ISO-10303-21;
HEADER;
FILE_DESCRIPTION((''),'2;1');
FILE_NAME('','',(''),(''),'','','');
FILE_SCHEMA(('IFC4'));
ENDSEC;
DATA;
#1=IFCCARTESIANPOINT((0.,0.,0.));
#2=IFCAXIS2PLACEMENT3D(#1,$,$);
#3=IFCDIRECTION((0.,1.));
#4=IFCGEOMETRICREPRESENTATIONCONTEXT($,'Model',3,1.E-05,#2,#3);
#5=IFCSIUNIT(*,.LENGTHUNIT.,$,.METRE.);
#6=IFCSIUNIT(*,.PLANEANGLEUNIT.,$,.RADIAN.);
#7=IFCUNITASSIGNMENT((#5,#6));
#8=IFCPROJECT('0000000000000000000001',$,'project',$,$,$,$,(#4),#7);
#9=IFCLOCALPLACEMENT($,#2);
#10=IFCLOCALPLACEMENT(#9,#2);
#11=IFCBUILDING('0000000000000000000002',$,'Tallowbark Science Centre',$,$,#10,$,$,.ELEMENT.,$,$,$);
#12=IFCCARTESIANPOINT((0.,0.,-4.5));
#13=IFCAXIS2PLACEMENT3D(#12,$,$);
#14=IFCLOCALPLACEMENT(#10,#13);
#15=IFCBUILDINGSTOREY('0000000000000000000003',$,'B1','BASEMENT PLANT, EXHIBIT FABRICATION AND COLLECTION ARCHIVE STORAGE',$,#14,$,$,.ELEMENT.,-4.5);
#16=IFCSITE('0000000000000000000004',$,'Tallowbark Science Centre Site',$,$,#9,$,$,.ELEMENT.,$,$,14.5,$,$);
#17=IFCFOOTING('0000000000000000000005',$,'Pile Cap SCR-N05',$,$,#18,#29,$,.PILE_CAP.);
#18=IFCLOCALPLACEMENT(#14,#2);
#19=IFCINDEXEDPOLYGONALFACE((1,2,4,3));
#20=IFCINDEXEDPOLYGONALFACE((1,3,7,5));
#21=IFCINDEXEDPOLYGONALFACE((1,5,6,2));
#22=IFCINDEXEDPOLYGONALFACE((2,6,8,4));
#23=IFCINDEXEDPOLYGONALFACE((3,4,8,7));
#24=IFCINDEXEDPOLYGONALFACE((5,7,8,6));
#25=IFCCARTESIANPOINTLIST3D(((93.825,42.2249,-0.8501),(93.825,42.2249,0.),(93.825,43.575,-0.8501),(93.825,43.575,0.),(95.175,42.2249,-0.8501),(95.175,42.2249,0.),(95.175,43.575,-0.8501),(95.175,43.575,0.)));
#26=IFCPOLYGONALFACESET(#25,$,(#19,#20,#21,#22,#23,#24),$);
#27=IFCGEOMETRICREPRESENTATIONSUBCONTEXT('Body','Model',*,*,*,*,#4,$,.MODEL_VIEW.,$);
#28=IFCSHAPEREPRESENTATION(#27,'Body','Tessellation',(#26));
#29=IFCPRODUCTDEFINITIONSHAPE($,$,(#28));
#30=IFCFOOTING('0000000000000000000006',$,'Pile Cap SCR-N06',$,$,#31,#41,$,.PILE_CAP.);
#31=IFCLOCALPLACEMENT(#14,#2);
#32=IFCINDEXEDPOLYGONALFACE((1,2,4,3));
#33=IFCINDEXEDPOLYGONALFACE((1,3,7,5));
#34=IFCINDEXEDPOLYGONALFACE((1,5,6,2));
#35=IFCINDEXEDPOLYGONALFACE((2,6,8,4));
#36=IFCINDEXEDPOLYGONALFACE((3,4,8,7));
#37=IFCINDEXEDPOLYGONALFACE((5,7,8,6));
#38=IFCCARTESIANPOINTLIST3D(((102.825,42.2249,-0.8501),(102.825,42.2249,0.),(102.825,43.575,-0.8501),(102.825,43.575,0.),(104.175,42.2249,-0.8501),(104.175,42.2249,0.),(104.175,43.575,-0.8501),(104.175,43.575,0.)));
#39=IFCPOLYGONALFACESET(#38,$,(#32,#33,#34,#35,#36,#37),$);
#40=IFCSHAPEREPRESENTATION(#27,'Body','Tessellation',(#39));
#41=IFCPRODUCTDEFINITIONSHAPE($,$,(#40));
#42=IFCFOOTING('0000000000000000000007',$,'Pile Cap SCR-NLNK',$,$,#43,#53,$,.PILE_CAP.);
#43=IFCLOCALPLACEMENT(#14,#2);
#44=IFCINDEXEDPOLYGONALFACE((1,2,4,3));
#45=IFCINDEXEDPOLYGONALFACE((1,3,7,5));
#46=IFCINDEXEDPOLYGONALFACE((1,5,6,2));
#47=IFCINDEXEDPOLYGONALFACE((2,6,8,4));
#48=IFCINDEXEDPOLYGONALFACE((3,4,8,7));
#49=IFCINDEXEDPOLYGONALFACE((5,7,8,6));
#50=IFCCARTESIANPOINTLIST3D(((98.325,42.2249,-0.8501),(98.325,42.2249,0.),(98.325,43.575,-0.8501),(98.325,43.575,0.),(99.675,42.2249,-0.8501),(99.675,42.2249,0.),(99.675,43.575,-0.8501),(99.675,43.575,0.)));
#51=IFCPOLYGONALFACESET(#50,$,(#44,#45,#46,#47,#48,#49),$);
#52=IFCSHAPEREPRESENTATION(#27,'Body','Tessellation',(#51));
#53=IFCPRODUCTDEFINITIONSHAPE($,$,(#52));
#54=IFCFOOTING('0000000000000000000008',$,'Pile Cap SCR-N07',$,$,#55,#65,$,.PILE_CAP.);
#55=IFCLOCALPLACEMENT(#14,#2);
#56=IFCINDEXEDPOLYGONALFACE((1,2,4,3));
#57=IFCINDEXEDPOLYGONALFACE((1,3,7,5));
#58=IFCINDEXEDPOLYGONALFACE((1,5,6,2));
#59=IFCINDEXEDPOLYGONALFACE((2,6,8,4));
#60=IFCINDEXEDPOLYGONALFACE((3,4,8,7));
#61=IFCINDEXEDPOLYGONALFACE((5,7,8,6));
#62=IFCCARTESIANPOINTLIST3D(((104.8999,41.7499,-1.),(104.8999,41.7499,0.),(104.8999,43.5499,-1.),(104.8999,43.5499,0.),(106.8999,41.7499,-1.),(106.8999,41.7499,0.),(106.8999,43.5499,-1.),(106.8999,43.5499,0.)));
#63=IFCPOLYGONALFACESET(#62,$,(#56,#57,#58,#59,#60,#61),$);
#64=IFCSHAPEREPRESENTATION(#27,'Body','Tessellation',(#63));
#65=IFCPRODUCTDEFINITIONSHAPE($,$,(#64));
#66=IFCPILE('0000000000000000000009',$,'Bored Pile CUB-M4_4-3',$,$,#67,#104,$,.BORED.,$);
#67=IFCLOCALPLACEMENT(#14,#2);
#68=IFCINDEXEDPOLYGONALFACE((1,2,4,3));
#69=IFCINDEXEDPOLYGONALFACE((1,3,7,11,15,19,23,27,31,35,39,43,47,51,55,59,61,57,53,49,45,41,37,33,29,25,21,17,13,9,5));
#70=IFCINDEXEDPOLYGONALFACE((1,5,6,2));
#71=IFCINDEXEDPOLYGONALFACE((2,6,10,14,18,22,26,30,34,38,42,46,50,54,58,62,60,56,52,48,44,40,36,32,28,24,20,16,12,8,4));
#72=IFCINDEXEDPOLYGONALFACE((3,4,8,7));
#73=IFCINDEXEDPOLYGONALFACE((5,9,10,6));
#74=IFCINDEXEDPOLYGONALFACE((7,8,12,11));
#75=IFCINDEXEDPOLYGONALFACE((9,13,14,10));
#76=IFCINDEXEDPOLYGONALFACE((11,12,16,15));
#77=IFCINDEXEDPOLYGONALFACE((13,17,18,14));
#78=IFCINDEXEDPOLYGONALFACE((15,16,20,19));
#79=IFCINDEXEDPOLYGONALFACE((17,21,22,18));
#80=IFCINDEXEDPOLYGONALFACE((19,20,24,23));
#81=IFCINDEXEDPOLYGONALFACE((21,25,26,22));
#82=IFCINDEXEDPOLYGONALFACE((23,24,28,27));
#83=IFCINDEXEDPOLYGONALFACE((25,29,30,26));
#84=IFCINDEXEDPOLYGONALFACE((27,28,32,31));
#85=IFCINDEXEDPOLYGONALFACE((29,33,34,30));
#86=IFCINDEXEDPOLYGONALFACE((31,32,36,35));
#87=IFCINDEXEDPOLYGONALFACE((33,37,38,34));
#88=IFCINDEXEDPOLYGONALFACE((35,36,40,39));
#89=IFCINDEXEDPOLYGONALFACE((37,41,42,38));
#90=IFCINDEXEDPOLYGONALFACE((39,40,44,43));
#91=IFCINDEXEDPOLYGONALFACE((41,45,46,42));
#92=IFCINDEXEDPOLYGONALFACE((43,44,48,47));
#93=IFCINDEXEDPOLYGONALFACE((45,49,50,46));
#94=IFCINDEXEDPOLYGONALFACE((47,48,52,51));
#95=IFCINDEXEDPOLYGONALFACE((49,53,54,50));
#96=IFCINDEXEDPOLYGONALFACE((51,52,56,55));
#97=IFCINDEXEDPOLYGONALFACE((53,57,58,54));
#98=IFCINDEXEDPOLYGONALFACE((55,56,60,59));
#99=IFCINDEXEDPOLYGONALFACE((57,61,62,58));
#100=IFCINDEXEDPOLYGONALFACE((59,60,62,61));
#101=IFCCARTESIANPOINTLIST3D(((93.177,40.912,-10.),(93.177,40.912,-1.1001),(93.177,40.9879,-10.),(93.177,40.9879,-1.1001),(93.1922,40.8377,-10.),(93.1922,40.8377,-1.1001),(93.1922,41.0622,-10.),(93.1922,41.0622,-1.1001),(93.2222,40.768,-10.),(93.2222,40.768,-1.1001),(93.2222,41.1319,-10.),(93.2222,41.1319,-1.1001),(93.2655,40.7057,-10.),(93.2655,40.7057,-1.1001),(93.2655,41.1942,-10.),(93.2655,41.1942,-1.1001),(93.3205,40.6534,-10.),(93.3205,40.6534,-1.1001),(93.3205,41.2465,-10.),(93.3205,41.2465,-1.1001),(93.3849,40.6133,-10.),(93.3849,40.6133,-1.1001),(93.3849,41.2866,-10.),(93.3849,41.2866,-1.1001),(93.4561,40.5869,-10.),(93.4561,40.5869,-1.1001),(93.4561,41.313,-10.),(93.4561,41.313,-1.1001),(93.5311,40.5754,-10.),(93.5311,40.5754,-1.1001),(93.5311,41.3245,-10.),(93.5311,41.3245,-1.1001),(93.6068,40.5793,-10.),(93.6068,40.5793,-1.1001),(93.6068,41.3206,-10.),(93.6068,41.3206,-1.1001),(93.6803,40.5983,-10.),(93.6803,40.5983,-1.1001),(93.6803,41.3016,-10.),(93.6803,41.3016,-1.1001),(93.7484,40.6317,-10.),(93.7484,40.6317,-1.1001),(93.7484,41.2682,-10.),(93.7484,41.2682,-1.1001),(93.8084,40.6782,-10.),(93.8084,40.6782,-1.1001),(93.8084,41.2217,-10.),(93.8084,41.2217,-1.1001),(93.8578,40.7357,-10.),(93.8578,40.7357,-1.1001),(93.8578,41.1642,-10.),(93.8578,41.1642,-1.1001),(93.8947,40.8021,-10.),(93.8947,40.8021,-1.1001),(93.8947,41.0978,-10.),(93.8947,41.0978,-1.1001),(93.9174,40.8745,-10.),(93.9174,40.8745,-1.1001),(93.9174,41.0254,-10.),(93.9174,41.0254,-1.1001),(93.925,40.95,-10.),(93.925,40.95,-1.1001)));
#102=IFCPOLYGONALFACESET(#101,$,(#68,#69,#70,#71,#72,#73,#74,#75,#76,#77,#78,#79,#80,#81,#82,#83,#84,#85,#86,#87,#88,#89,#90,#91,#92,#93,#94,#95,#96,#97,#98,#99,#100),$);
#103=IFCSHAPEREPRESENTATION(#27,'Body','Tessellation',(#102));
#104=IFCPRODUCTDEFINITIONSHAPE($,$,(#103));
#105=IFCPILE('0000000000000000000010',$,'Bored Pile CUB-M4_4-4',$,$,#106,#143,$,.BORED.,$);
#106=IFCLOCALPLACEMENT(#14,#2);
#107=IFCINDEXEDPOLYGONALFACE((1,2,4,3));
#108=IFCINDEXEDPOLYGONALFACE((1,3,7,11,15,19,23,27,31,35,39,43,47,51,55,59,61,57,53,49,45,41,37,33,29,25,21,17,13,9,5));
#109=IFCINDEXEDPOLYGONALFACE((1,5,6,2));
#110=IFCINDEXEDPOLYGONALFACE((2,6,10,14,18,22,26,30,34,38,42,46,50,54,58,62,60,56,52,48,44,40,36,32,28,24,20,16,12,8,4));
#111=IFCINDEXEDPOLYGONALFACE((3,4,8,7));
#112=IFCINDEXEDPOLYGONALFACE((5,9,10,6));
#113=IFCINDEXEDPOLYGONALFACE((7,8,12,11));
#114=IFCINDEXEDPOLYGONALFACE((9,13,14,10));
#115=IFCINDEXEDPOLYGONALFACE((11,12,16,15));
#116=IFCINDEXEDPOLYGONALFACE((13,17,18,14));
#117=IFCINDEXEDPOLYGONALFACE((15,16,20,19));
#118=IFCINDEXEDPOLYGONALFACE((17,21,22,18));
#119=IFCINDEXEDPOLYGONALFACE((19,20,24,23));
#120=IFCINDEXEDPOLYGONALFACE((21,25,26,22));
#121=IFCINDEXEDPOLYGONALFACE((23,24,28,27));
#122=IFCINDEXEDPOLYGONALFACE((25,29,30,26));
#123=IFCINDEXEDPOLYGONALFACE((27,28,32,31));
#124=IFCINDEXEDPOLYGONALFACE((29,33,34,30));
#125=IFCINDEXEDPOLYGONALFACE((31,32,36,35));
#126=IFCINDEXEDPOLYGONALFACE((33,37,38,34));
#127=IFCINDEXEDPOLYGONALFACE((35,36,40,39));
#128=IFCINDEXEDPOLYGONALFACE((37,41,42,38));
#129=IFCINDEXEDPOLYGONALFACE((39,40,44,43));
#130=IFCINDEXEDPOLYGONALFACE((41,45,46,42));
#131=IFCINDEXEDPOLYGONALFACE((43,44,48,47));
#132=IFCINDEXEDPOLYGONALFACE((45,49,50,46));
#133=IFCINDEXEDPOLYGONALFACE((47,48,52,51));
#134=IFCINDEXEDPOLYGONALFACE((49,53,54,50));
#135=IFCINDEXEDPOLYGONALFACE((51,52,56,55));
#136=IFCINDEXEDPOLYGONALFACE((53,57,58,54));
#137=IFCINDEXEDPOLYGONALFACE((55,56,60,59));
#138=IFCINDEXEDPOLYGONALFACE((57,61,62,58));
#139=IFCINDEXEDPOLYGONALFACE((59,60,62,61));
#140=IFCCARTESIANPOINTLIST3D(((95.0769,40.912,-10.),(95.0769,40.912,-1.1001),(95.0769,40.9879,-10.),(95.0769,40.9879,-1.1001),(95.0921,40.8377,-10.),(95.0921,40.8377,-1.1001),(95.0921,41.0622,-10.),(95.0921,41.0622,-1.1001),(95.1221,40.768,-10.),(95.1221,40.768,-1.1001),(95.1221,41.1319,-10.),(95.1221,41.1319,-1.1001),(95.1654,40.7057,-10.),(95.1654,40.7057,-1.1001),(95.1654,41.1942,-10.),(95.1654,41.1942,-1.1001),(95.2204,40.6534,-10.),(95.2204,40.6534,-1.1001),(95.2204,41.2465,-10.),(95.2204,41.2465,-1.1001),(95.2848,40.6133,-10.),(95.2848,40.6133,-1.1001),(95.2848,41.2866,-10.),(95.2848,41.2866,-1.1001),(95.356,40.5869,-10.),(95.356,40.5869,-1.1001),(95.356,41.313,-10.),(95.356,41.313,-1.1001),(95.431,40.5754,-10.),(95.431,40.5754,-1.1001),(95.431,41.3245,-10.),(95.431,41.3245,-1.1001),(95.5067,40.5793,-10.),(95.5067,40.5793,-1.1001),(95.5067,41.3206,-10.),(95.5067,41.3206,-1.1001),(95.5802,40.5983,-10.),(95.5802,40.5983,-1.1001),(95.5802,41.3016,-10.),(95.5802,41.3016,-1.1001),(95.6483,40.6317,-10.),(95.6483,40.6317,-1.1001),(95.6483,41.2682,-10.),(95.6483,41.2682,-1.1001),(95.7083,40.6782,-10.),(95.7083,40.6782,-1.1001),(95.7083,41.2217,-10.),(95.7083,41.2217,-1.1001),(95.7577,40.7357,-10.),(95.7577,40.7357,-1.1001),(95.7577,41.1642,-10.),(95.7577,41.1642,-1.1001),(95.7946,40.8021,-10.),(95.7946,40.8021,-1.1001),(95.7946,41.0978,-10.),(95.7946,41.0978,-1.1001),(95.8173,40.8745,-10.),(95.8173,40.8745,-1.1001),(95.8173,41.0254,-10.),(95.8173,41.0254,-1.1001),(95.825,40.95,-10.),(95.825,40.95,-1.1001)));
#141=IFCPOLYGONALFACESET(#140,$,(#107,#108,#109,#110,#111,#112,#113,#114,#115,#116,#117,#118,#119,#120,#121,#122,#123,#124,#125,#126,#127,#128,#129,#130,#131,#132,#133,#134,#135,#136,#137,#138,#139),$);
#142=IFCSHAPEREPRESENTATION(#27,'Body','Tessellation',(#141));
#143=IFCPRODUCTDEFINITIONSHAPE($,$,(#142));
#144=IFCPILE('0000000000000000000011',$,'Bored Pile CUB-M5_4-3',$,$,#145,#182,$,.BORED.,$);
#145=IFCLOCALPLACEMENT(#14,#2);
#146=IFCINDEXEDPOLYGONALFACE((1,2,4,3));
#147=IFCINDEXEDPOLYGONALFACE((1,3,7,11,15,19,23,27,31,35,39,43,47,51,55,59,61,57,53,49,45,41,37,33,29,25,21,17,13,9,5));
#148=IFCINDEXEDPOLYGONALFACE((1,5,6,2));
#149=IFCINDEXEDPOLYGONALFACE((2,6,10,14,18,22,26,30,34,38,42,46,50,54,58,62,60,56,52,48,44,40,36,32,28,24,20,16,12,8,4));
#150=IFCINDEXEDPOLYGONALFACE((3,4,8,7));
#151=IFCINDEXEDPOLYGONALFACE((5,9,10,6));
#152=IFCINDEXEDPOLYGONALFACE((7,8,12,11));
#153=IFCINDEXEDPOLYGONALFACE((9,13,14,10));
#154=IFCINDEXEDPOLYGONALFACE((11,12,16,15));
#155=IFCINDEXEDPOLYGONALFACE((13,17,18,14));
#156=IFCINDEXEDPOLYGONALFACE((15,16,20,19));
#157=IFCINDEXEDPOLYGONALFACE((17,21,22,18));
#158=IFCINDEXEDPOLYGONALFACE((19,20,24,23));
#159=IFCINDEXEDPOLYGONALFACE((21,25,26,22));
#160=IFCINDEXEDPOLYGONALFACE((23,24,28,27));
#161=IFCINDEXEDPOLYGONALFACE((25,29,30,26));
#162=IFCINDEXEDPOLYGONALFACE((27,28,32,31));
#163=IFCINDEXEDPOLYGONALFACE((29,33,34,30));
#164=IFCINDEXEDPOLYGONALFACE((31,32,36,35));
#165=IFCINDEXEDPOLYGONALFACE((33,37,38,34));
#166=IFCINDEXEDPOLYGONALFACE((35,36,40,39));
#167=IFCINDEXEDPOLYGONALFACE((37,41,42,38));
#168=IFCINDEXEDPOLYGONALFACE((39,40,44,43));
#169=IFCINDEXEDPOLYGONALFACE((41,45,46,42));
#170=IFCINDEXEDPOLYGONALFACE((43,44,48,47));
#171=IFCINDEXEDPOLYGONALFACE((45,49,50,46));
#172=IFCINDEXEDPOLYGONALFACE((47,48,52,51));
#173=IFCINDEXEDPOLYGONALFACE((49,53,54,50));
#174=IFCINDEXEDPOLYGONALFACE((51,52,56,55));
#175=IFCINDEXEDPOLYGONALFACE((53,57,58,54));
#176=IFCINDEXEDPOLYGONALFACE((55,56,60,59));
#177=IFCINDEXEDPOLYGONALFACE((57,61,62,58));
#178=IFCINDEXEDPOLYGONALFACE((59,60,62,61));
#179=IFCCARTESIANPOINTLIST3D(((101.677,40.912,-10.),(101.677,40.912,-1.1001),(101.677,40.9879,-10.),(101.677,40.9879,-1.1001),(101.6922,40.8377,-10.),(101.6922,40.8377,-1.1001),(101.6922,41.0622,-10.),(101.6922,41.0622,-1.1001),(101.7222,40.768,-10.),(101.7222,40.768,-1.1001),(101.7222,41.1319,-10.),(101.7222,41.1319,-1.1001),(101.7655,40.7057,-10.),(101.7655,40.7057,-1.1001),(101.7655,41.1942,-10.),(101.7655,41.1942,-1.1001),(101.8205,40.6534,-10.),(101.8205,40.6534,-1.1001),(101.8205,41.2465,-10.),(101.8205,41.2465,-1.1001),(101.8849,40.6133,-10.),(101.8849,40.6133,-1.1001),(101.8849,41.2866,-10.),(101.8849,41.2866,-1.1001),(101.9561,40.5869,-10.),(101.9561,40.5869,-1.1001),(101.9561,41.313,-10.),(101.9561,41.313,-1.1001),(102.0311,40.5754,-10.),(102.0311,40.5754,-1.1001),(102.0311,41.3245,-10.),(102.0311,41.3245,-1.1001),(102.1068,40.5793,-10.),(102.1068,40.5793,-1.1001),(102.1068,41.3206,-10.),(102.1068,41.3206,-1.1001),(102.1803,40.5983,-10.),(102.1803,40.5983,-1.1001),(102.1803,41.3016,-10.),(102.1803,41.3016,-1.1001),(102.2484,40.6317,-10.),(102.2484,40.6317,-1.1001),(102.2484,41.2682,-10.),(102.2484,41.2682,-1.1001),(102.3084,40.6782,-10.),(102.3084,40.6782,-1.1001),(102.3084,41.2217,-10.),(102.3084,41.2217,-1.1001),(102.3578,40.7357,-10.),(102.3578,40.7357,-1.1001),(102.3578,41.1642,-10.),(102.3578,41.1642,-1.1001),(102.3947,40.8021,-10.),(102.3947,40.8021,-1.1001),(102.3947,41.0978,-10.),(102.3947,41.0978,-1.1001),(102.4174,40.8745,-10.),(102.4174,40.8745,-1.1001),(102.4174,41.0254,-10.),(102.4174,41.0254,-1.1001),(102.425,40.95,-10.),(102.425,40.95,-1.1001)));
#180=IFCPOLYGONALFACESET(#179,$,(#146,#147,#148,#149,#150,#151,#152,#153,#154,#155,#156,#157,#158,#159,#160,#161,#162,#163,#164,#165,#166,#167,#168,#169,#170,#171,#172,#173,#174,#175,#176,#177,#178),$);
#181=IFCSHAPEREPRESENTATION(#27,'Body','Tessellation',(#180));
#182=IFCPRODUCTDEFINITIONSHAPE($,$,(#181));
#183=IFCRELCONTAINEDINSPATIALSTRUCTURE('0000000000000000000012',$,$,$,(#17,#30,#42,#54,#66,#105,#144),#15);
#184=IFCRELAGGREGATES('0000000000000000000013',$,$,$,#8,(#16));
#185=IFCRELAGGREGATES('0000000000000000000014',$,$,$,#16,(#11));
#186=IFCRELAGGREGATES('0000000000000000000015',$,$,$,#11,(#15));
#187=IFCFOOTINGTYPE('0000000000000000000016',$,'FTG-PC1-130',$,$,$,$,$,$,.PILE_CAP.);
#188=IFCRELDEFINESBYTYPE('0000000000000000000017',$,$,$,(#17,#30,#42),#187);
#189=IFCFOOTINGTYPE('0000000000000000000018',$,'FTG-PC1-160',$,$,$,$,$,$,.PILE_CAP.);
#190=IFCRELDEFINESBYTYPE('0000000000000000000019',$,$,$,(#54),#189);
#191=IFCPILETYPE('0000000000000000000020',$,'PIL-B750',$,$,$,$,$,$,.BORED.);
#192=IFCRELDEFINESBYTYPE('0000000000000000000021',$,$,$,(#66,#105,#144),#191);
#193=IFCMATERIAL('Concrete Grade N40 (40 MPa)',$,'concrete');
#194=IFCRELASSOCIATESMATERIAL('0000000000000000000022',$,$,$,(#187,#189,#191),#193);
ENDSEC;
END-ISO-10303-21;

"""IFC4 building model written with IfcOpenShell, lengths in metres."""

from ifc_helpers import new_model, si_unit, direction, frame, origin, origin_2d, place, context, subcontext, project, spatial, rectangle, circle, extrude, material, material_profile, profile_set, type_object, element, save


model = new_model("IFC4")

# Units and contexts
model_context = context("Model", 3, precision=1e-05, world=origin(), true_north=direction((0.0, 1.0)))
body_context = subcontext(model_context, "Body", "Model", "MODEL_VIEW")
ifc_project = project(units=[si_unit("LENGTHUNIT", "METRE"), si_unit("PLANEANGLEUNIT", "RADIAN")], contexts=[model_context])

# Site, building, storey
site_placement = place(None, origin())
site = spatial("IfcSite", under=ifc_project, at=site_placement, Name="Tallowbark Science Centre Site", CompositionType="ELEMENT", RefElevation=14.5)
building_placement = place(site_placement, origin())
building = spatial("IfcBuilding", under=site, at=building_placement, Name="Tallowbark Science Centre", CompositionType="ELEMENT")
storey_placement = place(building_placement, frame((0.0, 0.0, -4.5)))
storey = spatial("IfcBuildingStorey", under=building, at=storey_placement, Name="B1", Description="BASEMENT PLANT, EXHIBIT FABRICATION AND COLLECTION ARCHIVE STORAGE", CompositionType="ELEMENT", Elevation=-4.5)

# Footings
ifc_material_1 = material(Name="Concrete Grade N40 (40 MPa)", Category="concrete")
footing_type_1 = type_object("IfcFootingType", Name="FTG-PC1-130", PredefinedType="PILE_CAP", material=ifc_material_1)
for number, where, z_axis, x_axis, name in (
    (1, (94.5, 42.8999, -0.8501), (0.0, 0.0, 1.0), (1.0, 0.0, 0.0), "Pile Cap SCR-N05"),
    (2, (103.5, 42.8999, -0.8501), (0.0, 0.0, 1.0), (1.0, 0.0, 0.0), "Pile Cap SCR-N06"),
    (3, (99.0, 42.8999, -0.8501), (0.0, 0.0, 1.0), (1.0, 0.0, 0.0), "Pile Cap SCR-NLNK"),
):
    element("IfcFooting", number, at=place(storey_placement, frame(where, z_axis=z_axis, x_axis=x_axis)), inside=storey, type_object=footing_type_1, Name=name, PredefinedType="PILE_CAP", context=body_context, shape_type="SweptSolid", body=[
        extrude(rectangle(XDim=1.3501, YDim=1.3501, at=origin_2d()), origin(), (0.0, 0.0, 1.0), 0.8501),
    ])
footing_type_2 = type_object("IfcFootingType", Name="FTG-PC1-160", PredefinedType="PILE_CAP", material=ifc_material_1)
footing_placement = place(storey_placement, frame((105.8999, 42.6499, -1.0), z_axis=(0.0, 0.0, 1.0), x_axis=(1.0, 0.0, 0.0)))
element("IfcFooting", 4, at=footing_placement, inside=storey, type_object=footing_type_2, Name="Pile Cap SCR-N07", PredefinedType="PILE_CAP", context=body_context, shape_type="SweptSolid", body=[
    extrude(rectangle(XDim=2.0, YDim=1.8, at=origin_2d()), origin(), (0.0, 0.0, 1.0), 1.0),
])

# Piles
ifc_material_profile_1 = material_profile(ifc_material_1, circle(Radius=0.375, at=origin_2d()), Name="PILE750")
ifc_profile_set_1 = profile_set([ifc_material_profile_1], Name="Concrete Grade N40 (40 MPa)")
pile_type = type_object("IfcPileType", Name="PIL-B750", PredefinedType="BORED", material=ifc_profile_set_1)
for number, where, z_axis, x_axis, name in (
    (5, (93.55, 40.95, -1.1001), (0.0, 0.0, -1.0), (1.0, 0.0, 0.0), "Bored Pile CUB-M4_4-3"),
    (6, (95.45, 40.95, -1.1001), (0.0, 0.0, -1.0), (1.0, 0.0, 0.0), "Bored Pile CUB-M4_4-4"),
    (7, (102.05, 40.95, -1.1001), (0.0, 0.0, -1.0), (1.0, 0.0, 0.0), "Bored Pile CUB-M5_4-3"),
):
    element("IfcPile", number, at=place(storey_placement, frame(where, z_axis=z_axis, x_axis=x_axis)), inside=storey, type_object=pile_type, Name=name, PredefinedType="BORED", context=body_context, shape_type="SweptSolid", body=[
        extrude(circle(Radius=0.375, at=origin_2d()), origin(), (0.0, 0.0, 1.0), 8.8999),
    ])

save(model, "model.ifc")
